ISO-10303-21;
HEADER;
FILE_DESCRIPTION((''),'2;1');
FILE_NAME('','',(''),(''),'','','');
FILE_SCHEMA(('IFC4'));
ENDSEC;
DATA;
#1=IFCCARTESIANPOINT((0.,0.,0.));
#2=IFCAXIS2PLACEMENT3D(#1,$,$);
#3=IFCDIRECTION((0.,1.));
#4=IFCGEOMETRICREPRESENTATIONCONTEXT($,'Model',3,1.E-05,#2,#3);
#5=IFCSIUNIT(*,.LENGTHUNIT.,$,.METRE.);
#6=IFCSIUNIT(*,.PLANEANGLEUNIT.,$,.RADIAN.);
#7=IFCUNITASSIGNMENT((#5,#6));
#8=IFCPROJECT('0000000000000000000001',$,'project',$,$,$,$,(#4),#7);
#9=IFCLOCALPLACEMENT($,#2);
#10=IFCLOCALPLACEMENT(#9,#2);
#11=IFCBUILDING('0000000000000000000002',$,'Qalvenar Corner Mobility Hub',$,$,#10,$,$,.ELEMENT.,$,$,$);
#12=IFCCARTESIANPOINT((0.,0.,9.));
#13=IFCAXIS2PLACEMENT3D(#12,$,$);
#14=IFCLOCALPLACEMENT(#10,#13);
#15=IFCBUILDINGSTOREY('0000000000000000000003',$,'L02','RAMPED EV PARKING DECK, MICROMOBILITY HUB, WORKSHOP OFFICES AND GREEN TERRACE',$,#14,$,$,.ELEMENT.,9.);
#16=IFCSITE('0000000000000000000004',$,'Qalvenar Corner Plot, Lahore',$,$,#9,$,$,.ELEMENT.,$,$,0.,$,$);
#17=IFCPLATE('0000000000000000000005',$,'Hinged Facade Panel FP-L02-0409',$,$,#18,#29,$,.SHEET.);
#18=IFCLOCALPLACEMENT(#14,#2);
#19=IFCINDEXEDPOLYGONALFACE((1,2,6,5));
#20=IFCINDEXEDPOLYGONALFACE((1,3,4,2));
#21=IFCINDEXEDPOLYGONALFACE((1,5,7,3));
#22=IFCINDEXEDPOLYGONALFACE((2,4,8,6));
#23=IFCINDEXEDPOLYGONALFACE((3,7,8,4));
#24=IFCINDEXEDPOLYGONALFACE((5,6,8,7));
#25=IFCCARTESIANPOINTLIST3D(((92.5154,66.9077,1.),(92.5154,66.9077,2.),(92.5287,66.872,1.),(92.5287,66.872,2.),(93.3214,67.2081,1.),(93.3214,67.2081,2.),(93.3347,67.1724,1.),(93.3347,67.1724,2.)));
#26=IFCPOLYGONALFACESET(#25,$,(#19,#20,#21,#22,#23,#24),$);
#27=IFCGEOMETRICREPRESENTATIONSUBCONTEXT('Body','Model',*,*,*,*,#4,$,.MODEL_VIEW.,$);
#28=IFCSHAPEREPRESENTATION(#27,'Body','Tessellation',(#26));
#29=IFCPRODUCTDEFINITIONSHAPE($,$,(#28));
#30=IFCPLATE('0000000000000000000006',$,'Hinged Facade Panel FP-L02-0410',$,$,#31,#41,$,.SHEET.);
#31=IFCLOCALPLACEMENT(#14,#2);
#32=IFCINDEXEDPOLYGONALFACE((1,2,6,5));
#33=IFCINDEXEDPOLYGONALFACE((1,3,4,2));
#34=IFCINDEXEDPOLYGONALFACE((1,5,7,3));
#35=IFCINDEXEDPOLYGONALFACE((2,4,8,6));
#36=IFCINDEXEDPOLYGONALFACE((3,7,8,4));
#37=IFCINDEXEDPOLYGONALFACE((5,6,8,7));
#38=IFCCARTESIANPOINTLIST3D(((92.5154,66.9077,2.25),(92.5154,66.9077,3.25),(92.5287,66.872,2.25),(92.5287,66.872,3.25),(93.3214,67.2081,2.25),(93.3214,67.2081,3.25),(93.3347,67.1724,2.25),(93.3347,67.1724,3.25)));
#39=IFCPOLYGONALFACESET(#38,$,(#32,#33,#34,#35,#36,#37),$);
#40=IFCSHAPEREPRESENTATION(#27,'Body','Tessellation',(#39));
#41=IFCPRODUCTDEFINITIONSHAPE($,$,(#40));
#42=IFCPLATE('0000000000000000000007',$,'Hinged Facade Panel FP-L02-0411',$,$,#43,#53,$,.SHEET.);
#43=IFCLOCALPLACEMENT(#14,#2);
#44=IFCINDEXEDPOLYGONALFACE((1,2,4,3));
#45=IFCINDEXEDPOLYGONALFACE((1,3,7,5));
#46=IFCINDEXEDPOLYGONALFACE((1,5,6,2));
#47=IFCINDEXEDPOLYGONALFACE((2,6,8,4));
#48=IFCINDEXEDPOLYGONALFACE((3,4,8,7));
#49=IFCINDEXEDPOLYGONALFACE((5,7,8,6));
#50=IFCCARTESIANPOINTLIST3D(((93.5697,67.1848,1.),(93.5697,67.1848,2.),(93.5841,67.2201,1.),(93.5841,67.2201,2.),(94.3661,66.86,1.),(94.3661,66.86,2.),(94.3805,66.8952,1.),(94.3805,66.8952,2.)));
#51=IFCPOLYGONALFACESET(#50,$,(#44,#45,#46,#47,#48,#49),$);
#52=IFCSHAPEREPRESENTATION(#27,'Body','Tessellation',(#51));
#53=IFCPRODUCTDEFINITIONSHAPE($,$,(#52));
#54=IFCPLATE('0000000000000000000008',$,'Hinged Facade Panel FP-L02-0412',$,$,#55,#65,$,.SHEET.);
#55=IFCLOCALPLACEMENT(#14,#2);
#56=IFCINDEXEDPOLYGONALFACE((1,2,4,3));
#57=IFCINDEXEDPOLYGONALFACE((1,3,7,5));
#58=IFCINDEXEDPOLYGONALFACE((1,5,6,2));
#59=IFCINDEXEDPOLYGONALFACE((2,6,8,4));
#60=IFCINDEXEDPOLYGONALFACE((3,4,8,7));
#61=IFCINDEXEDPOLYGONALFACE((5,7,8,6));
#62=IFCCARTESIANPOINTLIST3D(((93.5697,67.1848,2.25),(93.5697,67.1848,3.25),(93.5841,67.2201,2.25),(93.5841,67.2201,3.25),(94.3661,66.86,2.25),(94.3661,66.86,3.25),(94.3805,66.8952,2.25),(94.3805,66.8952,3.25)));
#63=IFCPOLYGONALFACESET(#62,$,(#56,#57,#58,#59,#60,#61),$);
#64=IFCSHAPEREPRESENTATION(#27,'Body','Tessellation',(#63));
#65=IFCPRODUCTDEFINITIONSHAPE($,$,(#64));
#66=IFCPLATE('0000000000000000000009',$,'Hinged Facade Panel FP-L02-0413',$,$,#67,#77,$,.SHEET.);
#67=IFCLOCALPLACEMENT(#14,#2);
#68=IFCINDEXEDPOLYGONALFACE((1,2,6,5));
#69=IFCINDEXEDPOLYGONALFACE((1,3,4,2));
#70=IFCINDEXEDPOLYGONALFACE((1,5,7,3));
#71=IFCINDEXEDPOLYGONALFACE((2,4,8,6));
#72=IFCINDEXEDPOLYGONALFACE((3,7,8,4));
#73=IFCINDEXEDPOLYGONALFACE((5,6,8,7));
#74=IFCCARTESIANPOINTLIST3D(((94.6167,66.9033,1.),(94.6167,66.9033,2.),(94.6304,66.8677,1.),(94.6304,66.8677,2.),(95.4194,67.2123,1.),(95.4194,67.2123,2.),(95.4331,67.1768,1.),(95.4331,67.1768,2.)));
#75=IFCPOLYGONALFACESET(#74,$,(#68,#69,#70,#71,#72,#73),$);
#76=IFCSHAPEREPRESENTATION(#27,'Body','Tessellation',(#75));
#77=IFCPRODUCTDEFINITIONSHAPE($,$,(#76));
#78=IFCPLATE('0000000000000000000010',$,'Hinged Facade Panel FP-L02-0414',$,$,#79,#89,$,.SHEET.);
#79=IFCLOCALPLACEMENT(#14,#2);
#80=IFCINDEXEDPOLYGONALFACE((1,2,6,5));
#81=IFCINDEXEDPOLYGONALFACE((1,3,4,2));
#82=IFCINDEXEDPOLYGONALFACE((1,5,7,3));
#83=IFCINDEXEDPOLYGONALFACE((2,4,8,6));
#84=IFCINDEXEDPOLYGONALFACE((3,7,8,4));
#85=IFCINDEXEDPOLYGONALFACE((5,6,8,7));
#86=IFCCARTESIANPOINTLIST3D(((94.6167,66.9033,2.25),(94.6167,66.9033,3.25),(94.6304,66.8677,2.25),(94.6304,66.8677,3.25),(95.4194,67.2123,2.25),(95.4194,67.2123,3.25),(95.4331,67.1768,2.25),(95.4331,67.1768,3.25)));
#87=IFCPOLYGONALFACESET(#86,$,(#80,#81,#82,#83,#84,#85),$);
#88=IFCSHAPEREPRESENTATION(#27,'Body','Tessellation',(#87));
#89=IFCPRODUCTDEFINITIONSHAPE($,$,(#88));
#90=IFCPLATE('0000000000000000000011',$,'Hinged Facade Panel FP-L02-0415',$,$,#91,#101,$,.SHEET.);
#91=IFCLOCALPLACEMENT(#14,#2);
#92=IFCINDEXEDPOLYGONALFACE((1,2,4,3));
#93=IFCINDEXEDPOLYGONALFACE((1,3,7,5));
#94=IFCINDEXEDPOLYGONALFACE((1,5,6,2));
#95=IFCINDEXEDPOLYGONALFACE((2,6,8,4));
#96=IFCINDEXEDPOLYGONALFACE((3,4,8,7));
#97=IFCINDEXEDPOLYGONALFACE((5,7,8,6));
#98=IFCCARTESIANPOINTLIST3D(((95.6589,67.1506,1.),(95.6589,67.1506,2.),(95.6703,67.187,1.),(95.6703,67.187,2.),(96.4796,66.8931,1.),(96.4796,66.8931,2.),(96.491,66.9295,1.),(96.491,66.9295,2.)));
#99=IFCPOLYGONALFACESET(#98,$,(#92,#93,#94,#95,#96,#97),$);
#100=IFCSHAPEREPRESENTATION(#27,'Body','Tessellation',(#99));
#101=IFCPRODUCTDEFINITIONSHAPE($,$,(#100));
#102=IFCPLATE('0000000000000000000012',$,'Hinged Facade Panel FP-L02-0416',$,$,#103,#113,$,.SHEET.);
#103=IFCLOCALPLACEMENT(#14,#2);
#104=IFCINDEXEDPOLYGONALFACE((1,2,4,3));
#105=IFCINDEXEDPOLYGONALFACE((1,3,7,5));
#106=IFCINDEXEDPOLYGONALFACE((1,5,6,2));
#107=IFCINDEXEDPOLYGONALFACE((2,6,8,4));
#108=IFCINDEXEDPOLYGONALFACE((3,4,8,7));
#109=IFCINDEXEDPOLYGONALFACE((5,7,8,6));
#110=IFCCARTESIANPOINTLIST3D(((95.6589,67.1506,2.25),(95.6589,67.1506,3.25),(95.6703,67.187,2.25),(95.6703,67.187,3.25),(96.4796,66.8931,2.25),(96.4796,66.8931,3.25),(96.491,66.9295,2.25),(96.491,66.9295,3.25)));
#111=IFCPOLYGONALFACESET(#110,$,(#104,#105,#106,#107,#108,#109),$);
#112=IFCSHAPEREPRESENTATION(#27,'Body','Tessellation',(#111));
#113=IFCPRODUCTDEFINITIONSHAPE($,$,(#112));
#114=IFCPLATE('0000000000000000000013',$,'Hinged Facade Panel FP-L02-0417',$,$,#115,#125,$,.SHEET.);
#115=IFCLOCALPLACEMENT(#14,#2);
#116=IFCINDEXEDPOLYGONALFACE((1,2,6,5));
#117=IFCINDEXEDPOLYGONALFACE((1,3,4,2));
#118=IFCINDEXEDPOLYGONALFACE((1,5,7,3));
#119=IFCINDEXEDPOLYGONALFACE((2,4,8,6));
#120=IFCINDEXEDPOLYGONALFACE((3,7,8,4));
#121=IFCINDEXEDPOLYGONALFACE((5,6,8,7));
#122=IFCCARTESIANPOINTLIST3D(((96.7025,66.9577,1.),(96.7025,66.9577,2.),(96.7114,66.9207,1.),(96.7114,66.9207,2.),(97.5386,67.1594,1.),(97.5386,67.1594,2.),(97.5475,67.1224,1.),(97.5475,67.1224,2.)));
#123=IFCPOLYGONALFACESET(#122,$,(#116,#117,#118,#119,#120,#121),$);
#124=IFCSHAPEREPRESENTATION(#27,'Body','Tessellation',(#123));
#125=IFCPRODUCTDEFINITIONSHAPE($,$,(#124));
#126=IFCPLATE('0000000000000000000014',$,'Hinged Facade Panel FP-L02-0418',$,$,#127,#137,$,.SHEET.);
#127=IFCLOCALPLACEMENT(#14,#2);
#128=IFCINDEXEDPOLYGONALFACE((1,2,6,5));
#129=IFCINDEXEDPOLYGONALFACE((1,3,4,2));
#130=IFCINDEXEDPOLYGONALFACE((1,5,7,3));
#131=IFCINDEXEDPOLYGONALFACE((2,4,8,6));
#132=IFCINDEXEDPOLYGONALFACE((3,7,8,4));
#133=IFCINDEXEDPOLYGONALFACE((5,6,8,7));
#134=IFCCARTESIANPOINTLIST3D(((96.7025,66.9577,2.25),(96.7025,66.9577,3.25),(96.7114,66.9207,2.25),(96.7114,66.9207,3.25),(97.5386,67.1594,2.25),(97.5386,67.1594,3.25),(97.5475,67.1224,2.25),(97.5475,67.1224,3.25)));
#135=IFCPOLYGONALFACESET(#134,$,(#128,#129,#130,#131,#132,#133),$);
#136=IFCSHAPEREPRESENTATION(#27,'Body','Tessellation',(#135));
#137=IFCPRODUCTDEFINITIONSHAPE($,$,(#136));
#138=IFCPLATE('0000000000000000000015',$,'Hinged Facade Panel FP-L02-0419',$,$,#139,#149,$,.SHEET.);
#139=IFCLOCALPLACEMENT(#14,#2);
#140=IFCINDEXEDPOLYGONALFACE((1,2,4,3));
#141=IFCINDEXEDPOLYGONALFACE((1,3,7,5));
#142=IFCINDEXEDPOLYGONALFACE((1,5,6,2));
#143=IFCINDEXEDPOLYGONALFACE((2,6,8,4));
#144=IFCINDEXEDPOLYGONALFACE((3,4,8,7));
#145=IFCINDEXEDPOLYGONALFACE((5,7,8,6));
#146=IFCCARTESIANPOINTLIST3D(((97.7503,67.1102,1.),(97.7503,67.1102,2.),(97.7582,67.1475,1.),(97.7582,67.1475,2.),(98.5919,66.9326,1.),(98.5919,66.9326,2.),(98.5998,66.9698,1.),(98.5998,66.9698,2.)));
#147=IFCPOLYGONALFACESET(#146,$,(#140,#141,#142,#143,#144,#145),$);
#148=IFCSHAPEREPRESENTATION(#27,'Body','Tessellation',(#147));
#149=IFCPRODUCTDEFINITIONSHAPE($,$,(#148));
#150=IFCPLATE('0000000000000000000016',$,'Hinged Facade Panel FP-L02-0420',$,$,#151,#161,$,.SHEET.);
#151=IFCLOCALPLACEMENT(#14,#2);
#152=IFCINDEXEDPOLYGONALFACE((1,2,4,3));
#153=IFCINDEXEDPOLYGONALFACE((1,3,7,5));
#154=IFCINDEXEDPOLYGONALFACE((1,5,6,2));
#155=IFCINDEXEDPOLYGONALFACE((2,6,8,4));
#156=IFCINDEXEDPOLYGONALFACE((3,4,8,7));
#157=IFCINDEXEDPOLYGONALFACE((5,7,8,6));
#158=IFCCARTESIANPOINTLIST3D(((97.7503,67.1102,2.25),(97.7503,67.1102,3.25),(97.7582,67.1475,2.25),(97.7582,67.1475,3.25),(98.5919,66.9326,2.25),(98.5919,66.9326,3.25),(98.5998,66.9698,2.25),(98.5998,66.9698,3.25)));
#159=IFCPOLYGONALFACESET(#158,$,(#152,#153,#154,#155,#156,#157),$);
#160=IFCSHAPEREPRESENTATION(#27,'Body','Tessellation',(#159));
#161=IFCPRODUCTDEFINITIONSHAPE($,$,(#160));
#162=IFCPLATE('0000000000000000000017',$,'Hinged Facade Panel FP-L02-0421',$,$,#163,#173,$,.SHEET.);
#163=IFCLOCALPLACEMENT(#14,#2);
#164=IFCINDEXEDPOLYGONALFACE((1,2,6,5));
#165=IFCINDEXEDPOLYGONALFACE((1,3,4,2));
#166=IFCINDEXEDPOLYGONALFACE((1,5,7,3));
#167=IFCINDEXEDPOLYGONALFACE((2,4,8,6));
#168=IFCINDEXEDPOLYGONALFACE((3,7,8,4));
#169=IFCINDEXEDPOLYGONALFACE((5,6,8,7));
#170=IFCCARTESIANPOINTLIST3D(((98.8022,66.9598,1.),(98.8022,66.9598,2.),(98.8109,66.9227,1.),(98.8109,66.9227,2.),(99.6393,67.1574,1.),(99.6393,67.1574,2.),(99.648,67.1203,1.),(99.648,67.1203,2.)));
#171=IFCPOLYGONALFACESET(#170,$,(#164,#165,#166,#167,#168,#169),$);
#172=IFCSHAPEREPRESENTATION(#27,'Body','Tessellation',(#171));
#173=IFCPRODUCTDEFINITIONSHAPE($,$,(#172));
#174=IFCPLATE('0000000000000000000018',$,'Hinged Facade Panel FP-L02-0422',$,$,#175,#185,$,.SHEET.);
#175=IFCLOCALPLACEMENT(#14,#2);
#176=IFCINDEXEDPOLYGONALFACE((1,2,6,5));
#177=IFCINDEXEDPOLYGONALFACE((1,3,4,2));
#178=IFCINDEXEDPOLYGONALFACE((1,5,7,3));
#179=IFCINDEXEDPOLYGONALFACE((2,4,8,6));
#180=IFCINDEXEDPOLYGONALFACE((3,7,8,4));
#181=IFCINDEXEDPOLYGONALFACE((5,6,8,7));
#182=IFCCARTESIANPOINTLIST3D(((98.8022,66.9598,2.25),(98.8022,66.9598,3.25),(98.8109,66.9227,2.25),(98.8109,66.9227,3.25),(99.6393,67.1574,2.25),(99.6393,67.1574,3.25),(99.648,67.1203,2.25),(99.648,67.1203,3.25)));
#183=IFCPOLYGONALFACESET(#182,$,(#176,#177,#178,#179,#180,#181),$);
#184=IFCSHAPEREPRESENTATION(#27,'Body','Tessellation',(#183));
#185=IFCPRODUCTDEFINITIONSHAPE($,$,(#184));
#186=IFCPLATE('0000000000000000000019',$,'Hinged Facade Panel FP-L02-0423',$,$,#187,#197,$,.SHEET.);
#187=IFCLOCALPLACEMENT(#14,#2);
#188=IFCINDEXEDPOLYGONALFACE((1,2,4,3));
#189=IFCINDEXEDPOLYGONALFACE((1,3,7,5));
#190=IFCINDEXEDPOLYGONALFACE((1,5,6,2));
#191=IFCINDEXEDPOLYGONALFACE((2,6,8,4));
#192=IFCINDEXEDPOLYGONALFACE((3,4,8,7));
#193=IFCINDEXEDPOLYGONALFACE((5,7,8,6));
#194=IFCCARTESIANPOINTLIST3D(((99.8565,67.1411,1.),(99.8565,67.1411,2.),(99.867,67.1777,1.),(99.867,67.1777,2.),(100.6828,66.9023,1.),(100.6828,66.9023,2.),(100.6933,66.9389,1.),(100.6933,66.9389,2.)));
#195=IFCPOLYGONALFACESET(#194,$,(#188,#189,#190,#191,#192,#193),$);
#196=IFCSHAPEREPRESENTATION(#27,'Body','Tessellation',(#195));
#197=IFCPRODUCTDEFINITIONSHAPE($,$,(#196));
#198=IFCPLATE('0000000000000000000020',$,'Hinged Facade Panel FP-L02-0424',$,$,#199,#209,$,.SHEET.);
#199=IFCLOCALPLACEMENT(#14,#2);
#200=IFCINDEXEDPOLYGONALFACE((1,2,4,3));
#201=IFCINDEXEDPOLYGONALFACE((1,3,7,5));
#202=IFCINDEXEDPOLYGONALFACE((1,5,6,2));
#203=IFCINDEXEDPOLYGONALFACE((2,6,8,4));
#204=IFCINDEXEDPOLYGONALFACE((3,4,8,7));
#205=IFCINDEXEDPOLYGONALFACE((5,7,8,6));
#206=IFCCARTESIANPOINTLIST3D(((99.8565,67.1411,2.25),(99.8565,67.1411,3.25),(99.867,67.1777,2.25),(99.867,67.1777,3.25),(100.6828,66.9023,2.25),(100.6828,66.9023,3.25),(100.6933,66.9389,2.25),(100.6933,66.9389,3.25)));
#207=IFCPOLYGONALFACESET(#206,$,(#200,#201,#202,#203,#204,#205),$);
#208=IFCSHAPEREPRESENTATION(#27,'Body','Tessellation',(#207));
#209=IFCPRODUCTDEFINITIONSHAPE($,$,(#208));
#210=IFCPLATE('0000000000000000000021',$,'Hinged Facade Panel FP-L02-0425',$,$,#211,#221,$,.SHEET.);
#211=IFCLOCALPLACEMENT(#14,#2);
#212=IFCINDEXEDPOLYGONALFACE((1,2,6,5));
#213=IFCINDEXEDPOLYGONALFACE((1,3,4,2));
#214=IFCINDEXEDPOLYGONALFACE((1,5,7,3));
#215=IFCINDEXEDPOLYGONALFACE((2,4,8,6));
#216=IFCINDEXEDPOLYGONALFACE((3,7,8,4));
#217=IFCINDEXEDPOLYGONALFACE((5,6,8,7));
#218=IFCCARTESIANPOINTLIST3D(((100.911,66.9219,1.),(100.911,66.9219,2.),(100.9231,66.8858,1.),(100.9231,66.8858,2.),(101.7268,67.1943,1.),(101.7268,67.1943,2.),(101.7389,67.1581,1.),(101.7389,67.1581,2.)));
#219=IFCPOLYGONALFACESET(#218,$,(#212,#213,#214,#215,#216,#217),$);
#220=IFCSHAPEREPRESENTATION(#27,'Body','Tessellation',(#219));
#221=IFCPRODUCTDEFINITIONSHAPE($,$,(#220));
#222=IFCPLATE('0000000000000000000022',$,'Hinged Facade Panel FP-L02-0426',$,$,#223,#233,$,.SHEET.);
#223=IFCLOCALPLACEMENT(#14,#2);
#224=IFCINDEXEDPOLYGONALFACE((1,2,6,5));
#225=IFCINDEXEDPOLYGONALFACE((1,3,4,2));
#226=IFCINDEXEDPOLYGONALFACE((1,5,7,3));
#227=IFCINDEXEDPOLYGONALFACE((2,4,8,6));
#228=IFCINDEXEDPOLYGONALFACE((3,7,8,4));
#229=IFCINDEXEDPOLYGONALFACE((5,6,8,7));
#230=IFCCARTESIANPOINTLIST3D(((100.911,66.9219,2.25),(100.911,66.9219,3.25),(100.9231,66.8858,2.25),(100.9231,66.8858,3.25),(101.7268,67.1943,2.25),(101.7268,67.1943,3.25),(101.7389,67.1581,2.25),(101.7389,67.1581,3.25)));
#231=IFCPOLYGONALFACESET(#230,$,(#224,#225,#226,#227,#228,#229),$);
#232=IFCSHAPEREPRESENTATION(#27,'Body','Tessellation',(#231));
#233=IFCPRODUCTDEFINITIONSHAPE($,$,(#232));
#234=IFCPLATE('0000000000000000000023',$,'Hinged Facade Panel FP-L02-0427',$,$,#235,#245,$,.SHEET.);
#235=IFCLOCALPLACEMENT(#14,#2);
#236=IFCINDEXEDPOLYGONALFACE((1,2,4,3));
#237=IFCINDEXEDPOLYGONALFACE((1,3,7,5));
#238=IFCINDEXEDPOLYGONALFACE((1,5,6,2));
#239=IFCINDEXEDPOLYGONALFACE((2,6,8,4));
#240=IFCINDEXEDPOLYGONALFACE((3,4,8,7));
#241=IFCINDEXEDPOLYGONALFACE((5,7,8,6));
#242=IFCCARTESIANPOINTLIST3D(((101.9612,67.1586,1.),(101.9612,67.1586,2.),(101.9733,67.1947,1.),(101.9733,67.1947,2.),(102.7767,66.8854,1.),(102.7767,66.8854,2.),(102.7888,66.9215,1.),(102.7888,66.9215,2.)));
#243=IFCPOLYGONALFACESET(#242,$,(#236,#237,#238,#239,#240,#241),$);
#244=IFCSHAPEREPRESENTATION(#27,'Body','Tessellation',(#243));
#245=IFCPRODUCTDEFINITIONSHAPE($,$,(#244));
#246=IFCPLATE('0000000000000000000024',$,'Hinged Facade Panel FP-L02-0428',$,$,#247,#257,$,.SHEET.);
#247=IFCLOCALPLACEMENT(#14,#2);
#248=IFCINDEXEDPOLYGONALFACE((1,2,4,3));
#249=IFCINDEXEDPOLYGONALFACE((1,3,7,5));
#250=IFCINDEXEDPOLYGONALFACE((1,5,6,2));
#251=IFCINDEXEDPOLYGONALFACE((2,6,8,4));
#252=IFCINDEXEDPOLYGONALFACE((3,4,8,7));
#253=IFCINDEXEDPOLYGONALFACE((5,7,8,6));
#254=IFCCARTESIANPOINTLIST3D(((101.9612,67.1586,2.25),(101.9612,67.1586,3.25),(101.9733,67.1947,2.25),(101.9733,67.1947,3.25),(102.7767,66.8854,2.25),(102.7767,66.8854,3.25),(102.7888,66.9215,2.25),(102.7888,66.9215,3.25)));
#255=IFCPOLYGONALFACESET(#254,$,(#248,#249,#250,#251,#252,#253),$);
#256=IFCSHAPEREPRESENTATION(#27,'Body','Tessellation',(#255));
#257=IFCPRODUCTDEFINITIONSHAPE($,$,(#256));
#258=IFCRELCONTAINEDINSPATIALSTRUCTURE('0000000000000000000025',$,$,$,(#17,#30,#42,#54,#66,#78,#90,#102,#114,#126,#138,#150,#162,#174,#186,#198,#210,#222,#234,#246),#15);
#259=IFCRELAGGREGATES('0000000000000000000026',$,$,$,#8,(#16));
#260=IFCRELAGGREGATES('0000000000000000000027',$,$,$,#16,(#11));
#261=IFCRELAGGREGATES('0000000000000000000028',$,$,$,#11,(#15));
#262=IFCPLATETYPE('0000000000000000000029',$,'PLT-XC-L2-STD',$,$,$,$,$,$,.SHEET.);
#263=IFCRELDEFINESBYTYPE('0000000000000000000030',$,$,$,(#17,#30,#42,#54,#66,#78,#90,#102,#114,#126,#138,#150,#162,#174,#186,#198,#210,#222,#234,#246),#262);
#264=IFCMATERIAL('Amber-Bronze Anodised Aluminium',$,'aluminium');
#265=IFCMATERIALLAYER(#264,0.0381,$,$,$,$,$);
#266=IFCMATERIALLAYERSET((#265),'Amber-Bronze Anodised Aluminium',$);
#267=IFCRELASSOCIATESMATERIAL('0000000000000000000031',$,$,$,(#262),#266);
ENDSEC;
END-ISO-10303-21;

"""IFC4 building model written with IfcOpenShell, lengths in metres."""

from ifc_helpers import new_model, si_unit, direction, frame, origin, origin_2d, place, context, subcontext, project, spatial, rectangle, extrude, material, layer, layer_set, type_object, element, save


model = new_model("IFC4")

# Units and contexts
model_context = context("Model", 3, precision=1e-05, world=origin(), true_north=direction((0.0, 1.0)))
body_context = subcontext(model_context, "Body", "Model", "MODEL_VIEW")
ifc_project = project(units=[si_unit("LENGTHUNIT", "METRE"), si_unit("PLANEANGLEUNIT", "RADIAN")], contexts=[model_context])

# Site, building, storey
site_placement = place(None, origin())
site = spatial("IfcSite", under=ifc_project, at=site_placement, Name="Qalvenar Corner Plot, Lahore", CompositionType="ELEMENT", RefElevation=0.0)
building_placement = place(site_placement, origin())
building = spatial("IfcBuilding", under=site, at=building_placement, Name="Qalvenar Corner Mobility Hub", CompositionType="ELEMENT")
storey_placement = place(building_placement, frame((0.0, 0.0, 9.0)))
storey = spatial("IfcBuildingStorey", under=building, at=storey_placement, Name="L02", Description="RAMPED EV PARKING DECK, MICROMOBILITY HUB, WORKSHOP OFFICES AND GREEN TERRACE", CompositionType="ELEMENT", Elevation=9.0)

# Plates
ifc_material_1 = material(Name="Amber-Bronze Anodised Aluminium", Category="aluminium")
ifc_layer = layer(ifc_material_1, 0.0381)
ifc_layer_set = layer_set([ifc_layer], Name="Amber-Bronze Anodised Aluminium")
plate_type = type_object("IfcPlateType", Name="PLT-XC-L2-STD", PredefinedType="SHEET", material=ifc_layer_set)
for number, where, z_axis, x_axis, name in (
    (1, (92.925, 67.04, 1.0), (0.0, 0.0, 1.0), (0.937038, 0.349226, 0.0), "Hinged Facade Panel FP-L02-0409"),
    (2, (92.925, 67.04, 2.25), (0.0, 0.0, 1.0), (0.937038, 0.349226, 0.0), "Hinged Facade Panel FP-L02-0410"),
    (3, (93.9751, 67.04, 1.0), (0.0, 0.0, 1.0), (0.925937, -0.377679, 0.0), "Hinged Facade Panel FP-L02-0411"),
    (4, (93.9751, 67.04, 2.25), (0.0, 0.0, 1.0), (0.925937, -0.377679, 0.0), "Hinged Facade Panel FP-L02-0412"),
    (5, (95.0249, 67.04, 1.0), (0.0, 0.0, 1.0), (0.933205, 0.359345, 0.0), "Hinged Facade Panel FP-L02-0413"),
    (6, (95.0249, 67.04, 2.25), (0.0, 0.0, 1.0), (0.933205, 0.359345, 0.0), "Hinged Facade Panel FP-L02-0414"),
    (7, (96.075, 67.04, 1.0), (0.0, 0.0, 1.0), (0.954136, -0.299374, 0.0), "Hinged Facade Panel FP-L02-0415"),
    (8, (96.075, 67.04, 2.25), (0.0, 0.0, 1.0), (0.954136, -0.299374, 0.0), "Hinged Facade Panel FP-L02-0416"),
    (9, (97.125, 67.04, 1.0), (0.0, 0.0, 1.0), (0.972125, 0.234463, 0.0), "Hinged Facade Panel FP-L02-0417"),
    (10, (97.125, 67.04, 2.25), (0.0, 0.0, 1.0), (0.972125, 0.234463, 0.0), "Hinged Facade Panel FP-L02-0418"),
    (11, (98.175, 67.04, 1.0), (0.0, 0.0, 1.0), (0.978437, -0.206546, 0.0), "Hinged Facade Panel FP-L02-0419"),
    (12, (98.175, 67.04, 2.25), (0.0, 0.0, 1.0), (0.978437, -0.206546, 0.0), "Hinged Facade Panel FP-L02-0420"),
    (13, (99.2251, 67.04, 1.0), (0.0, 0.0, 1.0), (0.973259, 0.22971, 0.0), "Hinged Facade Panel FP-L02-0421"),
    (14, (99.2251, 67.04, 2.25), (0.0, 0.0, 1.0), (0.973259, 0.22971, 0.0), "Hinged Facade Panel FP-L02-0422"),
    (15, (100.2749, 67.04, 1.0), (0.0, 0.0, 1.0), (0.960682, -0.27765, 0.0), "Hinged Facade Panel FP-L02-0423"),
    (16, (100.2749, 67.04, 2.25), (0.0, 0.0, 1.0), (0.960682, -0.27765, 0.0), "Hinged Facade Panel FP-L02-0424"),
    (17, (101.325, 67.04, 1.0), (0.0, 0.0, 1.0), (0.948545, 0.316643, 0.0), "Hinged Facade Panel FP-L02-0425"),
    (18, (101.325, 67.04, 2.25), (0.0, 0.0, 1.0), (0.948545, 0.316643, 0.0), "Hinged Facade Panel FP-L02-0426"),
    (19, (102.375, 67.04, 1.0), (0.0, 0.0, 1.0), (0.948213, -0.317636, 0.0), "Hinged Facade Panel FP-L02-0427"),
    (20, (102.375, 67.04, 2.25), (0.0, 0.0, 1.0), (0.948213, -0.317636, 0.0), "Hinged Facade Panel FP-L02-0428"),
):
    element("IfcPlate", number, at=place(storey_placement, frame(where, z_axis=z_axis, x_axis=x_axis)), inside=storey, type_object=plate_type, Name=name, PredefinedType="SHEET", context=body_context, shape_type="SweptSolid", body=[
        extrude(rectangle(XDim=0.8601, YDim=0.0381, at=origin_2d()), origin(), (0.0, 0.0, 1.0), 1.0),
    ])

save(model, "model.ifc")
